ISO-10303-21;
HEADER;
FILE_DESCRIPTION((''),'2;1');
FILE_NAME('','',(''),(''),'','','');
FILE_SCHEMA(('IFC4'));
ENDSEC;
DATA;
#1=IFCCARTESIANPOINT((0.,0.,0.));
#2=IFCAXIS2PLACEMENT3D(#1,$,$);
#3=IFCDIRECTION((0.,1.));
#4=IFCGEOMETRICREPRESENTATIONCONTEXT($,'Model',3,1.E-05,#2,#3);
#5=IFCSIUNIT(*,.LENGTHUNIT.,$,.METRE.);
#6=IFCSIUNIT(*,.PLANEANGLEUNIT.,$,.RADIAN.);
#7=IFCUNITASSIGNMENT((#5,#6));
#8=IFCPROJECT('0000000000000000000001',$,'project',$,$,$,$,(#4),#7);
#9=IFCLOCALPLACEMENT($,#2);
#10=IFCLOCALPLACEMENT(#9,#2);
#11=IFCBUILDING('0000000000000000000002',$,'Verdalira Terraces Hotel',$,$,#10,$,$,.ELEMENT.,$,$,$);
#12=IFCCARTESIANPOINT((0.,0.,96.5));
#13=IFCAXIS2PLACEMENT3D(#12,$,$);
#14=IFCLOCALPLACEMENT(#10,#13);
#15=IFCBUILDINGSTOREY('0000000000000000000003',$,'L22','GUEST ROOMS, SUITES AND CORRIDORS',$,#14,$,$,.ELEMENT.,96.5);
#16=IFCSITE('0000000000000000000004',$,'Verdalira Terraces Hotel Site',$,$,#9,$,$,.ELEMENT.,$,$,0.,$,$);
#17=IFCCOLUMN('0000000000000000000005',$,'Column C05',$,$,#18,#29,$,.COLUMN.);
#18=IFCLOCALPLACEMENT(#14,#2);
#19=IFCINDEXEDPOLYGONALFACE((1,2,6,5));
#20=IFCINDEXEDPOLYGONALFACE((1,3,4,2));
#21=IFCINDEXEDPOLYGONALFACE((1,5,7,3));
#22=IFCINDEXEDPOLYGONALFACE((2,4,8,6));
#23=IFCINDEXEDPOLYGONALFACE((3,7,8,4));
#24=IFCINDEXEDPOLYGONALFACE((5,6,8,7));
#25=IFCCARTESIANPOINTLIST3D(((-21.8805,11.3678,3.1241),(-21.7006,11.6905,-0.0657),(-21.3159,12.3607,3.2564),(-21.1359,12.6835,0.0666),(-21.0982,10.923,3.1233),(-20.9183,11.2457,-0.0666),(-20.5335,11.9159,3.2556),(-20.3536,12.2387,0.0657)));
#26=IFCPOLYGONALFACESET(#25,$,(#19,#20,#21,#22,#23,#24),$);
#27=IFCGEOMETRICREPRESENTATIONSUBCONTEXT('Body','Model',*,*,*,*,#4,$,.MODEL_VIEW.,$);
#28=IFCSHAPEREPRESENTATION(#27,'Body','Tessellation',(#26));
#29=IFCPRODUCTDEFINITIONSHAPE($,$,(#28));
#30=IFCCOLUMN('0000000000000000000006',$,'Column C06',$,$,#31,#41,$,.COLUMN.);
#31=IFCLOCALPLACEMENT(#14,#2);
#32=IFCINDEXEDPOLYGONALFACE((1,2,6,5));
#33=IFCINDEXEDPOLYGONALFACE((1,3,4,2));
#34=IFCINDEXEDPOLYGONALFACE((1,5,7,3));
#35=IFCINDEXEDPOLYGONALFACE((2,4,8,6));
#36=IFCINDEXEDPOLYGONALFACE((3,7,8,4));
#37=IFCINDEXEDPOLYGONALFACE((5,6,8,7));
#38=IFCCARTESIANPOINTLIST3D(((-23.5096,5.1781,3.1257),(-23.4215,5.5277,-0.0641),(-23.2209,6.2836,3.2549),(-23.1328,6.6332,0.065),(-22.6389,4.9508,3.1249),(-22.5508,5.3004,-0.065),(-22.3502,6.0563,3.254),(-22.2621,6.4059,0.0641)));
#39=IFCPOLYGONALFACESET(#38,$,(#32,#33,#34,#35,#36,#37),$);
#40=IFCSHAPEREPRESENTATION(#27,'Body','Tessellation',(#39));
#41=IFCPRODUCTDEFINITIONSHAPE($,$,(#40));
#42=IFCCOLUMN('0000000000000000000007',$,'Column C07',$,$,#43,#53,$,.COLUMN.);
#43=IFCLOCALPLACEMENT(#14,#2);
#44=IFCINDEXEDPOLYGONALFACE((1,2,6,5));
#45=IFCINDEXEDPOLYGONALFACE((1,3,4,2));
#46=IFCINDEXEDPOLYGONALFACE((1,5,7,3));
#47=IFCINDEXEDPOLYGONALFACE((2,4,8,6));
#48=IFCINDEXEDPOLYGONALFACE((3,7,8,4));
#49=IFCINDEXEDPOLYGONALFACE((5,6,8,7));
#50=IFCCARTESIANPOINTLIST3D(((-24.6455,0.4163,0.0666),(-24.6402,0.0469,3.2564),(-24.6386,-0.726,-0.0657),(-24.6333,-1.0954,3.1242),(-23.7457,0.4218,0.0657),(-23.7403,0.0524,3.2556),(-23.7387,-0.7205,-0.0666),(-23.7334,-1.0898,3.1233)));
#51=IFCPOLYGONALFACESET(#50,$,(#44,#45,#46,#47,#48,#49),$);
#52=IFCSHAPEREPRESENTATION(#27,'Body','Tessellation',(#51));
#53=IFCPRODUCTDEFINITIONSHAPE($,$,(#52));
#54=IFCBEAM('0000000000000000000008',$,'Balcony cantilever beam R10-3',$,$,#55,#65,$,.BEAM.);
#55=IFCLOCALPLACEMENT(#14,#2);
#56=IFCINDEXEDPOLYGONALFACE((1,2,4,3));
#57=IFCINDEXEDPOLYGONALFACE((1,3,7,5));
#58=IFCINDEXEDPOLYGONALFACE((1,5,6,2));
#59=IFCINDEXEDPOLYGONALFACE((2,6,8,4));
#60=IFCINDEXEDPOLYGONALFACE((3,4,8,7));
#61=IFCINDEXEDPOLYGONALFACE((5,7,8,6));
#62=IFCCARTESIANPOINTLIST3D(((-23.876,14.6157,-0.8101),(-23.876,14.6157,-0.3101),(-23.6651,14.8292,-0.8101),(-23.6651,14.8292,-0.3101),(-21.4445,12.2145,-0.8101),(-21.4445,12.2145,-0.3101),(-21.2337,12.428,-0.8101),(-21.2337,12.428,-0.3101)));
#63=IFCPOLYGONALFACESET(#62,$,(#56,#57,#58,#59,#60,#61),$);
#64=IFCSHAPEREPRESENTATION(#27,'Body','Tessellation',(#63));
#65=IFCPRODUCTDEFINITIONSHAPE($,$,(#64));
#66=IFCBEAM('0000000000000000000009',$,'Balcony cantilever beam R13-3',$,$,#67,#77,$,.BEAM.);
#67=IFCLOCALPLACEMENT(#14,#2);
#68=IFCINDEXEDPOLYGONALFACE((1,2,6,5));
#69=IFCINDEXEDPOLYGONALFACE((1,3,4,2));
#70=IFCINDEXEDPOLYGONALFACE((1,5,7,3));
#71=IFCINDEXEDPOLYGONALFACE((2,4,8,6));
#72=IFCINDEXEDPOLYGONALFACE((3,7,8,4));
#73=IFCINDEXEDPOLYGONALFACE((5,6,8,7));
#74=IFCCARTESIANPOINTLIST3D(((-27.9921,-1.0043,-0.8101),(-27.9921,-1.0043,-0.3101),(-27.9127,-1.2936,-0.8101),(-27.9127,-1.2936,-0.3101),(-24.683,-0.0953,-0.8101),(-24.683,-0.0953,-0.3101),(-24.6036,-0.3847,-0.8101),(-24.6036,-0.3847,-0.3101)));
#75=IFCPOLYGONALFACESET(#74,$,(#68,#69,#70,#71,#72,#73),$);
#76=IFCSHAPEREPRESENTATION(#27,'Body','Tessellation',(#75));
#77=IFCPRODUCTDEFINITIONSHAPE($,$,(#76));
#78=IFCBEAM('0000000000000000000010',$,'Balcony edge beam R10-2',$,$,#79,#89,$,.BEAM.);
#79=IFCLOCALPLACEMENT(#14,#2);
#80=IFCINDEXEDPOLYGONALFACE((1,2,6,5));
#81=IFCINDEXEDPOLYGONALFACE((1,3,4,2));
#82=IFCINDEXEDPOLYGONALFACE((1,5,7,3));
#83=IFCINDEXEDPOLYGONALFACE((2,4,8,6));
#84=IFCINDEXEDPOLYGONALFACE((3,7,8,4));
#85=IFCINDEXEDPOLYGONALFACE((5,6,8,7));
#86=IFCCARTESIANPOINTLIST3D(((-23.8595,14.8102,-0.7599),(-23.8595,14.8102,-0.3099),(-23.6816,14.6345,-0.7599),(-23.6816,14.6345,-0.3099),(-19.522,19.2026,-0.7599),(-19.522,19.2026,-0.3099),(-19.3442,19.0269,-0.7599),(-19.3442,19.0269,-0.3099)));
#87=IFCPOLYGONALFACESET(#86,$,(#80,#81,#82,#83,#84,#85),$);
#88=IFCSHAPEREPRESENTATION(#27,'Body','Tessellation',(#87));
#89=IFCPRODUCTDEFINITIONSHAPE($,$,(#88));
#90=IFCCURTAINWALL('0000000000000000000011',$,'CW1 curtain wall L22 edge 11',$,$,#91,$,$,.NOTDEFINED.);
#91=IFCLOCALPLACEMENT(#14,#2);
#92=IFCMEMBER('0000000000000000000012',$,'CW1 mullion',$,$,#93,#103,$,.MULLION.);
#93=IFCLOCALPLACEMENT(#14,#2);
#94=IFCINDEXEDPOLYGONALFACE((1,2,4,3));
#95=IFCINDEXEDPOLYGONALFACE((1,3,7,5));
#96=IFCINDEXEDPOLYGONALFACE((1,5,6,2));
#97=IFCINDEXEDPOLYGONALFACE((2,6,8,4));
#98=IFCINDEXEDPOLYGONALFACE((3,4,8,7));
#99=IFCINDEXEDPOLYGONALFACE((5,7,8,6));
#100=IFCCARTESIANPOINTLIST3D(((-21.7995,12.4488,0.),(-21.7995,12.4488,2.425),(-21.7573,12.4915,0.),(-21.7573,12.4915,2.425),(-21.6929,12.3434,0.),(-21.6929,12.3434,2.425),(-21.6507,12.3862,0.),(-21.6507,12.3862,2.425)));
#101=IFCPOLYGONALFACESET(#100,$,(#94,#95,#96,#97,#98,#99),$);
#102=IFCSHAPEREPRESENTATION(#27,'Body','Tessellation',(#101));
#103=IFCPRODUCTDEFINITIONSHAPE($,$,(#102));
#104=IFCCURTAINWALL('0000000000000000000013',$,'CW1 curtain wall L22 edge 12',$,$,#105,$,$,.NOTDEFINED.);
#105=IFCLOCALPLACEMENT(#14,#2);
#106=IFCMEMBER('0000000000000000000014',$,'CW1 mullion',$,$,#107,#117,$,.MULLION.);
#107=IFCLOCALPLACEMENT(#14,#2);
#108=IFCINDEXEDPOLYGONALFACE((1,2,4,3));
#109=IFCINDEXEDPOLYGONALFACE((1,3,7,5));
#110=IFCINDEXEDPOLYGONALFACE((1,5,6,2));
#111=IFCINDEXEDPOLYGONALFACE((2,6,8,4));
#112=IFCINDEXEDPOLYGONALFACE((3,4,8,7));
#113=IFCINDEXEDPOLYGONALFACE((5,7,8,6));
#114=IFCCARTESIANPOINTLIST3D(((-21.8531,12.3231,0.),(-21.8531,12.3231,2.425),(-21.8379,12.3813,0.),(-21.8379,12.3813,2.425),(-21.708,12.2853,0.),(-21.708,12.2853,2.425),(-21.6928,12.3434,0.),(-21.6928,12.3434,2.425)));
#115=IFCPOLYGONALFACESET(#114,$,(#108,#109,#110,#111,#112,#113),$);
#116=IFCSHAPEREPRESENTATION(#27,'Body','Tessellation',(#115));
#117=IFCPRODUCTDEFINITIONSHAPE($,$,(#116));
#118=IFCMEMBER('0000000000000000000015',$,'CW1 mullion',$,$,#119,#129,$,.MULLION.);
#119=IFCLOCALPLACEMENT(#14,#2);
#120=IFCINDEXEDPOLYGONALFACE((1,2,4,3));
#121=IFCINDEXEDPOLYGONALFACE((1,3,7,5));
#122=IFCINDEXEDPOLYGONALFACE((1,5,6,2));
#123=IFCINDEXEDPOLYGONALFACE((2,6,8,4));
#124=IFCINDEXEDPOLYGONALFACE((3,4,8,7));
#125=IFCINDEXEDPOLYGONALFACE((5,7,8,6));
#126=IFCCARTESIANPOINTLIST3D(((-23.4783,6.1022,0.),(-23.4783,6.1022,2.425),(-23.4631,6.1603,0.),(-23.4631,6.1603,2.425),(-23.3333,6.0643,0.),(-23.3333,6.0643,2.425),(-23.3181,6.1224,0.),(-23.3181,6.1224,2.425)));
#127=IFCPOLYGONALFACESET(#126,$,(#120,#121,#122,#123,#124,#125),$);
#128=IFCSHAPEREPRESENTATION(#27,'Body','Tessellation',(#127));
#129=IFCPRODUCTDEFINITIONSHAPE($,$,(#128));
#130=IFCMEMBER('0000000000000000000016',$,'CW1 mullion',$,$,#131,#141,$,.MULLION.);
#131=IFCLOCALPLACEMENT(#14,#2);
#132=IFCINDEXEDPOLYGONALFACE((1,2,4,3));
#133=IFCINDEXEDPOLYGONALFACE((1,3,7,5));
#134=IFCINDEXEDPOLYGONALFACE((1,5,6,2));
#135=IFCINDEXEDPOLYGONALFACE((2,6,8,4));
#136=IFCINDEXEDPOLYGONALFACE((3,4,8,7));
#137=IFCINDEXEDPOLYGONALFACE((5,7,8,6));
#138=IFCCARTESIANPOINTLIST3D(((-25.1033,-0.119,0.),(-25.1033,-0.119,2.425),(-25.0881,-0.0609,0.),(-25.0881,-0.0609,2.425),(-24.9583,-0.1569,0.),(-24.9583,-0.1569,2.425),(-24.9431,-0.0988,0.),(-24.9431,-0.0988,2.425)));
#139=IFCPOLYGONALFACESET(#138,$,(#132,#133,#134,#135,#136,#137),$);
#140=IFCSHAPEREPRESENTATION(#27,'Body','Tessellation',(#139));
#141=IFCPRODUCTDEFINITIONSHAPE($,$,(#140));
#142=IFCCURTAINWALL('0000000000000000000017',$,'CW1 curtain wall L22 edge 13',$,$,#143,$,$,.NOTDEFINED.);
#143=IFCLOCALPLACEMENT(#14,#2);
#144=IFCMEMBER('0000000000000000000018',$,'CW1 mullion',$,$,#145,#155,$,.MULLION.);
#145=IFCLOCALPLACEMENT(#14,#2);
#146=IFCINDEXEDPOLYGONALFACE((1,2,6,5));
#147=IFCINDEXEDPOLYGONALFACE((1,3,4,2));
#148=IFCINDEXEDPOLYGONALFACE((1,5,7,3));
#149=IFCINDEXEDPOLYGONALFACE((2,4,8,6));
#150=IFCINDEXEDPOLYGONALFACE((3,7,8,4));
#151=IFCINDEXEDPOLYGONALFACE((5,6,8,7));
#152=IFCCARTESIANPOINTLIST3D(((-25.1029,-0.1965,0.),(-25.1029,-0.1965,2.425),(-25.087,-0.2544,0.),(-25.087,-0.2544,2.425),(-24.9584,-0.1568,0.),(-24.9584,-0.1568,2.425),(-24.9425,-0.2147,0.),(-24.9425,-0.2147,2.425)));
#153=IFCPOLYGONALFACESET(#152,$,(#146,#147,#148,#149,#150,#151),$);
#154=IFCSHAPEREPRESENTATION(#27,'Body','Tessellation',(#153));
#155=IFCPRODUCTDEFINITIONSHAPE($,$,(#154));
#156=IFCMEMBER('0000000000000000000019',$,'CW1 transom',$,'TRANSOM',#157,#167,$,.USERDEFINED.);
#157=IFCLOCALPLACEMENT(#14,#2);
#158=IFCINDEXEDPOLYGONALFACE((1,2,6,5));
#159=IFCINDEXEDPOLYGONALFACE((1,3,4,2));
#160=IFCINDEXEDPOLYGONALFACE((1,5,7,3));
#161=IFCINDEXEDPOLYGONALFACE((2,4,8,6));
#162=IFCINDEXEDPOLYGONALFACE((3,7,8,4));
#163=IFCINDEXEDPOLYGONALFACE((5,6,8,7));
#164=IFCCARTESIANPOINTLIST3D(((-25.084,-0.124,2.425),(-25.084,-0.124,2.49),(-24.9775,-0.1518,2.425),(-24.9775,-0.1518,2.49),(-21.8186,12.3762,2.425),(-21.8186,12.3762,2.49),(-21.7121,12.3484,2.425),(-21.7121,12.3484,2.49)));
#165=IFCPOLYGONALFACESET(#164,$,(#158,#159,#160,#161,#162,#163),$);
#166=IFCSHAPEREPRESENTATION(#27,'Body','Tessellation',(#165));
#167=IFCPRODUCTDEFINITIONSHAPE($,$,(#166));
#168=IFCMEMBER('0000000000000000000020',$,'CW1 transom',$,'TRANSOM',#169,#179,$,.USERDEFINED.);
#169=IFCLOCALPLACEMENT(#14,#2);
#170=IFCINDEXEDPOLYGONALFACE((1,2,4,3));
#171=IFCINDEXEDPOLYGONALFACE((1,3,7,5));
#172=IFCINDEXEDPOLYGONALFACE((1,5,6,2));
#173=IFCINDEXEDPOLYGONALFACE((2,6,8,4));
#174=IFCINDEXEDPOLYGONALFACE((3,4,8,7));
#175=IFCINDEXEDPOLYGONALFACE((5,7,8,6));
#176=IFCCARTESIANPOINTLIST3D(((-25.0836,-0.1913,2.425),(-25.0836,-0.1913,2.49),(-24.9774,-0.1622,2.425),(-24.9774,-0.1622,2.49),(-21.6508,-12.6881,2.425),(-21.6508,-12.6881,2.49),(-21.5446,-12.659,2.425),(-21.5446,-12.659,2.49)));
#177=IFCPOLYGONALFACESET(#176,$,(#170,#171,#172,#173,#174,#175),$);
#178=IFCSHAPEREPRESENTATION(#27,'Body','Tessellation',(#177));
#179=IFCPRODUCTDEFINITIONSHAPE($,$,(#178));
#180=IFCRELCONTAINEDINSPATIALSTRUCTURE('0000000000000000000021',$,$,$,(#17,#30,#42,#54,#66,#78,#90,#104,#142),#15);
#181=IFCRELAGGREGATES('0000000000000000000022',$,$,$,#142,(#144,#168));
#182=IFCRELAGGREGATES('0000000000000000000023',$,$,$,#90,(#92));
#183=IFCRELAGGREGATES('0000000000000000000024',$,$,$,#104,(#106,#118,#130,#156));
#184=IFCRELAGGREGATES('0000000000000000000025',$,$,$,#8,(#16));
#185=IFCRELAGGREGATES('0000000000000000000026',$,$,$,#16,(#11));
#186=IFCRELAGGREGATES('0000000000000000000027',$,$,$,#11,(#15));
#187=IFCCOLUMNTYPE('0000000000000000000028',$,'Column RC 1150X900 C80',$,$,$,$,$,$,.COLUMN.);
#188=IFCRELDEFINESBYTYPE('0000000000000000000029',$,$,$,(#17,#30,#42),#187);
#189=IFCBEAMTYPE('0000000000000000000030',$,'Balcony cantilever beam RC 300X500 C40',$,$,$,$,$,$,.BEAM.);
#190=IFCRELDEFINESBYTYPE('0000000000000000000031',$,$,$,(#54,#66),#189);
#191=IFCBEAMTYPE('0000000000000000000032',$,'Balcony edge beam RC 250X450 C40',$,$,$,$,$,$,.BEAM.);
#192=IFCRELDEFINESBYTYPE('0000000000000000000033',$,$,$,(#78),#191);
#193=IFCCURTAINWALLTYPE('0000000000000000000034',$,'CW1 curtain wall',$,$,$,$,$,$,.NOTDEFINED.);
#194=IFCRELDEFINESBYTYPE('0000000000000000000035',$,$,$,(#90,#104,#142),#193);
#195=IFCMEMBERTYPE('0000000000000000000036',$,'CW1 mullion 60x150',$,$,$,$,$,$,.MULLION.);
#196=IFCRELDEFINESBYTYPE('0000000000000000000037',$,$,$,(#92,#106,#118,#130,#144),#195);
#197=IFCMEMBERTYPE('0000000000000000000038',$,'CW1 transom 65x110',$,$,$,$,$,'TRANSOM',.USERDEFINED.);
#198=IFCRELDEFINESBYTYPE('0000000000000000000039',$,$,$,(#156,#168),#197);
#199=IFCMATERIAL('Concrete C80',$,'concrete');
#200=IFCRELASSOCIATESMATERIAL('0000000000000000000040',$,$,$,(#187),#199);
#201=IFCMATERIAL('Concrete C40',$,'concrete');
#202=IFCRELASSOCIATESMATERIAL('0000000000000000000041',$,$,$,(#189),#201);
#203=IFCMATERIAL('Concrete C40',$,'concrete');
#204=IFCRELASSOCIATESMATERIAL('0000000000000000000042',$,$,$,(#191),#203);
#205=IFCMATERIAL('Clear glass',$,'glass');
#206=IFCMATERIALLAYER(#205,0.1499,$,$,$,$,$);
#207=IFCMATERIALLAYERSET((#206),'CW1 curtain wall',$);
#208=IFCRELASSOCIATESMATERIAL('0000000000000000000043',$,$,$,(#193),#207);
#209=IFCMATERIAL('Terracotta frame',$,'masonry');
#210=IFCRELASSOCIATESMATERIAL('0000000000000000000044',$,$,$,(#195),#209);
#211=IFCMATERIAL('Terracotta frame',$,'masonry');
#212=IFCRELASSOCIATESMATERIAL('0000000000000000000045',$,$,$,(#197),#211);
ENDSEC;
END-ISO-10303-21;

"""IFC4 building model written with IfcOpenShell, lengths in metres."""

from ifc_helpers import new_model, si_unit, direction, frame, origin, origin_2d, place, context, subcontext, project, spatial, rectangle, extrude, material, layer, layer_set, material_profile, profile_set, type_object, element, aggregate, save


model = new_model("IFC4")

# Units and contexts
model_context = context("Model", 3, precision=1e-05, world=origin(), true_north=direction((0.0, 1.0)))
body_context = subcontext(model_context, "Body", "Model", "MODEL_VIEW")
ifc_project = project(units=[si_unit("LENGTHUNIT", "METRE"), si_unit("PLANEANGLEUNIT", "RADIAN")], contexts=[model_context])

# Site, building, storey
site_placement = place(None, origin())
site = spatial("IfcSite", under=ifc_project, at=site_placement, Name="Verdalira Terraces Hotel Site", CompositionType="ELEMENT", RefElevation=0.0)
building_placement = place(site_placement, origin())
building = spatial("IfcBuilding", under=site, at=building_placement, Name="Verdalira Terraces Hotel", CompositionType="ELEMENT")
storey_placement = place(building_placement, frame((0.0, 0.0, 96.5)))
storey = spatial("IfcBuildingStorey", under=building, at=storey_placement, Name="L22", Description="GUEST ROOMS, SUITES AND CORRIDORS", CompositionType="ELEMENT", Elevation=96.5)

# Columns
ifc_material_1 = material(Name="Concrete C80", Category="concrete")
ifc_material_profile_1 = material_profile(ifc_material_1, rectangle(XDim=1.1499, YDim=0.8999, at=origin_2d()), Name="RC 1150X900")
ifc_profile_set_1 = profile_set([ifc_material_profile_1], Name="Concrete C80")
column_type = type_object("IfcColumnType", Name="Column RC 1150X900 C80", PredefinedType="COLUMN", material=ifc_profile_set_1)
column_1_placement = place(storey_placement, frame((-21.0271, 11.9646, 0.0), z_axis=(-0.056031, -0.100507, 0.993357), x_axis=(0.491047, 0.8635, 0.115066)))
element("IfcColumn", 1, at=column_1_placement, inside=storey, type_object=column_type, Name="Column C05", PredefinedType="COLUMN", context=body_context, shape_type="SweptSolid", body=[
    extrude(rectangle(XDim=1.1499, YDim=0.8999, at=origin_2d()), origin(), (0.0, 0.0, 1.0), 3.2112),
])
column_2_placement = place(storey_placement, frame((-22.8418, 5.9668, 0.0), z_axis=(-0.027454, -0.108904, 0.993673), x_axis=(-0.251068, -0.961432, -0.112307)))
element("IfcColumn", 2, at=column_2_placement, inside=storey, type_object=column_type, Name="Column C06", PredefinedType="COLUMN", context=body_context, shape_type="SweptSolid", body=[
    extrude(rectangle(XDim=1.1499, YDim=0.8999, at=origin_2d()), origin(), (0.0, 0.0, 1.0), 3.2102),
])
column_3_placement = place(storey_placement, frame((-24.1921, -0.1521, 0.0), z_axis=(0.001673, -0.115028, 0.993361), x_axis=(-0.00601, 0.993343, 0.115036)))
element("IfcColumn", 3, at=column_3_placement, inside=storey, type_object=column_type, Name="Column C07", PredefinedType="COLUMN", context=body_context, shape_type="SweptSolid", body=[
    extrude(rectangle(XDim=1.1499, YDim=0.8999, at=origin_2d()), origin(), (0.0, 0.0, 1.0), 3.2112),
])

# Beams
ifc_material_2 = material(Name="Concrete C40", Category="concrete")
ifc_material_profile_2 = material_profile(ifc_material_2, rectangle(XDim=0.3, YDim=0.5, at=origin_2d()), Name="RC 300X500")
ifc_profile_set_2 = profile_set([ifc_material_profile_2], Name="Concrete C40")
beam_type_1 = type_object("IfcBeamType", Name="Balcony cantilever beam RC 300X500 C40", PredefinedType="BEAM", material=ifc_profile_set_2)
beam_1_placement = place(storey_placement, frame((-21.3391, 12.3213, -0.5601), z_axis=(-0.711523, 0.702663, 0.0), x_axis=(-0.702663, -0.711523, 0.0)))
element("IfcBeam", 4, at=beam_1_placement, inside=storey, type_object=beam_type_1, Name="Balcony cantilever beam R10-3", PredefinedType="BEAM", context=body_context, shape_type="SweptSolid", body=[
    extrude(rectangle(XDim=0.3, YDim=0.5, at=origin_2d()), origin(), (0.0, 0.0, 1.0), 3.4172),
])
beam_2_placement = place(storey_placement, frame((-24.6433, -0.24, -0.5601), z_axis=(-0.964284, -0.264869, 0.0), x_axis=(0.264869, -0.964284, 0.0)))
element("IfcBeam", 5, at=beam_2_placement, inside=storey, type_object=beam_type_1, Name="Balcony cantilever beam R13-3", PredefinedType="BEAM", context=body_context, shape_type="SweptSolid", body=[
    extrude(rectangle(XDim=0.3, YDim=0.5, at=origin_2d()), origin(), (0.0, 0.0, 1.0), 3.4316),
])
ifc_material_3 = material(Name="Concrete C40", Category="concrete")
ifc_material_profile_3 = material_profile(ifc_material_3, rectangle(XDim=0.25, YDim=0.45, at=origin_2d()), Name="RC 250X450")
ifc_profile_set_3 = profile_set([ifc_material_profile_3], Name="Concrete C40")
beam_type_2 = type_object("IfcBeamType", Name="Balcony edge beam RC 250X450 C40", PredefinedType="BEAM", material=ifc_profile_set_3)
beam_3_placement = place(storey_placement, frame((-19.4331, 19.1147, -0.5349), z_axis=(-0.702643, -0.711542, 0.0), x_axis=(0.711542, -0.702643, 0.0)))
element("IfcBeam", 6, at=beam_3_placement, inside=storey, type_object=beam_type_2, Name="Balcony edge beam R10-2", PredefinedType="BEAM", context=body_context, shape_type="SweptSolid", body=[
    extrude(rectangle(XDim=0.25, YDim=0.45, at=origin_2d()), origin(), (0.0, 0.0, 1.0), 6.1731),
])

# Curtain wall, member
ifc_material_4 = material(Name="Clear glass", Category="glass")
ifc_layer_1 = layer(ifc_material_4, 0.1499)
ifc_layer_set_1 = layer_set([ifc_layer_1], Name="CW1 curtain wall")
curtain_wall_type = type_object("IfcCurtainWallType", Name="CW1 curtain wall", PredefinedType="NOTDEFINED", material=ifc_layer_set_1)
curtain_wall_1_placement = place(storey_placement, origin())
curtain_wall_1 = element("IfcCurtainWall", 7, at=curtain_wall_1_placement, inside=storey, type_object=curtain_wall_type, Name="CW1 curtain wall L22 edge 11", PredefinedType="NOTDEFINED")
ifc_material_5 = material(Name="Terracotta frame", Category="masonry")
ifc_material_profile_4 = material_profile(ifc_material_5, rectangle(XDim=0.0601, YDim=0.1499, at=origin_2d()), Name="MU 60x150")
ifc_profile_set_4 = profile_set([ifc_material_profile_4], Name="Terracotta frame")
member_type_1 = type_object("IfcMemberType", Name="CW1 mullion 60x150", PredefinedType="MULLION", material=ifc_profile_set_4)
member_1_placement = place(storey_placement, frame((-21.7251, 12.4175, 0.0), z_axis=(0.0, 0.0, 1.0), x_axis=(-0.70265, -0.711536, 0.0)))
member_1 = element("IfcMember", 8, at=member_1_placement, type_object=member_type_1, Name="CW1 mullion", PredefinedType="MULLION", context=body_context, shape_type="SweptSolid", body=[
    extrude(rectangle(XDim=0.0601, YDim=0.1499, at=origin_2d()), origin(), (0.0, 0.0, 1.0), 2.425),
])

# Curtain wall, members
curtain_wall_2_placement = place(storey_placement, origin())
curtain_wall_2 = element("IfcCurtainWall", 9, at=curtain_wall_2_placement, inside=storey, type_object=curtain_wall_type, Name="CW1 curtain wall L22 edge 12", PredefinedType="NOTDEFINED")
member_2_placement = place(storey_placement, frame((-21.7729, 12.3333, 0.0), z_axis=(0.0, 0.0, 1.0), x_axis=(-0.252745, -0.967533, 0.0)))
member_2 = element("IfcMember", 10, at=member_2_placement, type_object=member_type_1, Name="CW1 mullion", PredefinedType="MULLION", context=body_context, shape_type="SweptSolid", body=[
    extrude(rectangle(XDim=0.0601, YDim=0.1499, at=origin_2d()), origin(), (0.0, 0.0, 1.0), 2.425),
])
member_3_placement = place(storey_placement, frame((-23.3982, 6.1123, 0.0), z_axis=(0.0, 0.0, 1.0), x_axis=(-0.252745, -0.967533, 0.0)))
member_3 = element("IfcMember", 11, at=member_3_placement, type_object=member_type_1, Name="CW1 mullion", PredefinedType="MULLION", context=body_context, shape_type="SweptSolid", body=[
    extrude(rectangle(XDim=0.0601, YDim=0.1499, at=origin_2d()), origin(), (0.0, 0.0, 1.0), 2.425),
])
member_4_placement = place(storey_placement, frame((-25.0232, -0.1089, 0.0), z_axis=(0.0, 0.0, 1.0), x_axis=(-0.252745, -0.967533, 0.0)))
member_4 = element("IfcMember", 12, at=member_4_placement, type_object=member_type_1, Name="CW1 mullion", PredefinedType="MULLION", context=body_context, shape_type="SweptSolid", body=[
    extrude(rectangle(XDim=0.0601, YDim=0.1499, at=origin_2d()), origin(), (0.0, 0.0, 1.0), 2.425),
])

# Curtain wall, member
curtain_wall_3_placement = place(storey_placement, origin())
curtain_wall_3 = element("IfcCurtainWall", 13, at=curtain_wall_3_placement, inside=storey, type_object=curtain_wall_type, Name="CW1 curtain wall L22 edge 13", PredefinedType="NOTDEFINED")
member_5_placement = place(storey_placement, frame((-25.0227, -0.2056, 0.0), z_axis=(0.0, 0.0, 1.0), x_axis=(0.264883, -0.964281, 0.0)))
member_5 = element("IfcMember", 14, at=member_5_placement, type_object=member_type_1, Name="CW1 mullion", PredefinedType="MULLION", context=body_context, shape_type="SweptSolid", body=[
    extrude(rectangle(XDim=0.0601, YDim=0.1499, at=origin_2d()), origin(), (0.0, 0.0, 1.0), 2.425),
])

# Members
ifc_material_6 = material(Name="Terracotta frame", Category="masonry")
ifc_material_profile_5 = material_profile(ifc_material_6, rectangle(XDim=0.1101, YDim=0.0649, at=origin_2d()), Name="TR 65x110")
ifc_profile_set_5 = profile_set([ifc_material_profile_5], Name="Terracotta frame")
member_type_2 = type_object("IfcMemberType", Name="CW1 transom 65x110", ElementType="TRANSOM", PredefinedType="USERDEFINED", material=ifc_profile_set_5)
member_6_placement = place(storey_placement, frame((-21.7654, 12.3623, 2.4575), z_axis=(-0.252744, -0.967533, 0.0), x_axis=(0.967533, -0.252744, 0.0)))
member_6 = element("IfcMember", 15, at=member_6_placement, type_object=member_type_2, Name="CW1 transom", ObjectType="TRANSOM", PredefinedType="USERDEFINED", context=body_context, shape_type="SweptSolid", body=[
    extrude(rectangle(XDim=0.1101, YDim=0.0649, at=origin_2d()), origin(), (0.0, 0.0, 1.0), 12.9197),
])
member_7_placement = place(storey_placement, frame((-25.0305, -0.1768, 2.4575), z_axis=(0.264886, -0.96428, 0.0), x_axis=(0.96428, 0.264886, 0.0)))
member_7 = element("IfcMember", 16, at=member_7_placement, type_object=member_type_2, Name="CW1 transom", ObjectType="TRANSOM", PredefinedType="USERDEFINED", context=body_context, shape_type="SweptSolid", body=[
    extrude(rectangle(XDim=0.1101, YDim=0.0649, at=origin_2d()), origin(), (0.0, 0.0, 1.0), 12.9597),
])
aggregate(curtain_wall_3, [member_5, member_7])

aggregate(curtain_wall_1, [member_1])
aggregate(curtain_wall_2, [member_2, member_3, member_4, member_6])

save(model, "model.ifc")
